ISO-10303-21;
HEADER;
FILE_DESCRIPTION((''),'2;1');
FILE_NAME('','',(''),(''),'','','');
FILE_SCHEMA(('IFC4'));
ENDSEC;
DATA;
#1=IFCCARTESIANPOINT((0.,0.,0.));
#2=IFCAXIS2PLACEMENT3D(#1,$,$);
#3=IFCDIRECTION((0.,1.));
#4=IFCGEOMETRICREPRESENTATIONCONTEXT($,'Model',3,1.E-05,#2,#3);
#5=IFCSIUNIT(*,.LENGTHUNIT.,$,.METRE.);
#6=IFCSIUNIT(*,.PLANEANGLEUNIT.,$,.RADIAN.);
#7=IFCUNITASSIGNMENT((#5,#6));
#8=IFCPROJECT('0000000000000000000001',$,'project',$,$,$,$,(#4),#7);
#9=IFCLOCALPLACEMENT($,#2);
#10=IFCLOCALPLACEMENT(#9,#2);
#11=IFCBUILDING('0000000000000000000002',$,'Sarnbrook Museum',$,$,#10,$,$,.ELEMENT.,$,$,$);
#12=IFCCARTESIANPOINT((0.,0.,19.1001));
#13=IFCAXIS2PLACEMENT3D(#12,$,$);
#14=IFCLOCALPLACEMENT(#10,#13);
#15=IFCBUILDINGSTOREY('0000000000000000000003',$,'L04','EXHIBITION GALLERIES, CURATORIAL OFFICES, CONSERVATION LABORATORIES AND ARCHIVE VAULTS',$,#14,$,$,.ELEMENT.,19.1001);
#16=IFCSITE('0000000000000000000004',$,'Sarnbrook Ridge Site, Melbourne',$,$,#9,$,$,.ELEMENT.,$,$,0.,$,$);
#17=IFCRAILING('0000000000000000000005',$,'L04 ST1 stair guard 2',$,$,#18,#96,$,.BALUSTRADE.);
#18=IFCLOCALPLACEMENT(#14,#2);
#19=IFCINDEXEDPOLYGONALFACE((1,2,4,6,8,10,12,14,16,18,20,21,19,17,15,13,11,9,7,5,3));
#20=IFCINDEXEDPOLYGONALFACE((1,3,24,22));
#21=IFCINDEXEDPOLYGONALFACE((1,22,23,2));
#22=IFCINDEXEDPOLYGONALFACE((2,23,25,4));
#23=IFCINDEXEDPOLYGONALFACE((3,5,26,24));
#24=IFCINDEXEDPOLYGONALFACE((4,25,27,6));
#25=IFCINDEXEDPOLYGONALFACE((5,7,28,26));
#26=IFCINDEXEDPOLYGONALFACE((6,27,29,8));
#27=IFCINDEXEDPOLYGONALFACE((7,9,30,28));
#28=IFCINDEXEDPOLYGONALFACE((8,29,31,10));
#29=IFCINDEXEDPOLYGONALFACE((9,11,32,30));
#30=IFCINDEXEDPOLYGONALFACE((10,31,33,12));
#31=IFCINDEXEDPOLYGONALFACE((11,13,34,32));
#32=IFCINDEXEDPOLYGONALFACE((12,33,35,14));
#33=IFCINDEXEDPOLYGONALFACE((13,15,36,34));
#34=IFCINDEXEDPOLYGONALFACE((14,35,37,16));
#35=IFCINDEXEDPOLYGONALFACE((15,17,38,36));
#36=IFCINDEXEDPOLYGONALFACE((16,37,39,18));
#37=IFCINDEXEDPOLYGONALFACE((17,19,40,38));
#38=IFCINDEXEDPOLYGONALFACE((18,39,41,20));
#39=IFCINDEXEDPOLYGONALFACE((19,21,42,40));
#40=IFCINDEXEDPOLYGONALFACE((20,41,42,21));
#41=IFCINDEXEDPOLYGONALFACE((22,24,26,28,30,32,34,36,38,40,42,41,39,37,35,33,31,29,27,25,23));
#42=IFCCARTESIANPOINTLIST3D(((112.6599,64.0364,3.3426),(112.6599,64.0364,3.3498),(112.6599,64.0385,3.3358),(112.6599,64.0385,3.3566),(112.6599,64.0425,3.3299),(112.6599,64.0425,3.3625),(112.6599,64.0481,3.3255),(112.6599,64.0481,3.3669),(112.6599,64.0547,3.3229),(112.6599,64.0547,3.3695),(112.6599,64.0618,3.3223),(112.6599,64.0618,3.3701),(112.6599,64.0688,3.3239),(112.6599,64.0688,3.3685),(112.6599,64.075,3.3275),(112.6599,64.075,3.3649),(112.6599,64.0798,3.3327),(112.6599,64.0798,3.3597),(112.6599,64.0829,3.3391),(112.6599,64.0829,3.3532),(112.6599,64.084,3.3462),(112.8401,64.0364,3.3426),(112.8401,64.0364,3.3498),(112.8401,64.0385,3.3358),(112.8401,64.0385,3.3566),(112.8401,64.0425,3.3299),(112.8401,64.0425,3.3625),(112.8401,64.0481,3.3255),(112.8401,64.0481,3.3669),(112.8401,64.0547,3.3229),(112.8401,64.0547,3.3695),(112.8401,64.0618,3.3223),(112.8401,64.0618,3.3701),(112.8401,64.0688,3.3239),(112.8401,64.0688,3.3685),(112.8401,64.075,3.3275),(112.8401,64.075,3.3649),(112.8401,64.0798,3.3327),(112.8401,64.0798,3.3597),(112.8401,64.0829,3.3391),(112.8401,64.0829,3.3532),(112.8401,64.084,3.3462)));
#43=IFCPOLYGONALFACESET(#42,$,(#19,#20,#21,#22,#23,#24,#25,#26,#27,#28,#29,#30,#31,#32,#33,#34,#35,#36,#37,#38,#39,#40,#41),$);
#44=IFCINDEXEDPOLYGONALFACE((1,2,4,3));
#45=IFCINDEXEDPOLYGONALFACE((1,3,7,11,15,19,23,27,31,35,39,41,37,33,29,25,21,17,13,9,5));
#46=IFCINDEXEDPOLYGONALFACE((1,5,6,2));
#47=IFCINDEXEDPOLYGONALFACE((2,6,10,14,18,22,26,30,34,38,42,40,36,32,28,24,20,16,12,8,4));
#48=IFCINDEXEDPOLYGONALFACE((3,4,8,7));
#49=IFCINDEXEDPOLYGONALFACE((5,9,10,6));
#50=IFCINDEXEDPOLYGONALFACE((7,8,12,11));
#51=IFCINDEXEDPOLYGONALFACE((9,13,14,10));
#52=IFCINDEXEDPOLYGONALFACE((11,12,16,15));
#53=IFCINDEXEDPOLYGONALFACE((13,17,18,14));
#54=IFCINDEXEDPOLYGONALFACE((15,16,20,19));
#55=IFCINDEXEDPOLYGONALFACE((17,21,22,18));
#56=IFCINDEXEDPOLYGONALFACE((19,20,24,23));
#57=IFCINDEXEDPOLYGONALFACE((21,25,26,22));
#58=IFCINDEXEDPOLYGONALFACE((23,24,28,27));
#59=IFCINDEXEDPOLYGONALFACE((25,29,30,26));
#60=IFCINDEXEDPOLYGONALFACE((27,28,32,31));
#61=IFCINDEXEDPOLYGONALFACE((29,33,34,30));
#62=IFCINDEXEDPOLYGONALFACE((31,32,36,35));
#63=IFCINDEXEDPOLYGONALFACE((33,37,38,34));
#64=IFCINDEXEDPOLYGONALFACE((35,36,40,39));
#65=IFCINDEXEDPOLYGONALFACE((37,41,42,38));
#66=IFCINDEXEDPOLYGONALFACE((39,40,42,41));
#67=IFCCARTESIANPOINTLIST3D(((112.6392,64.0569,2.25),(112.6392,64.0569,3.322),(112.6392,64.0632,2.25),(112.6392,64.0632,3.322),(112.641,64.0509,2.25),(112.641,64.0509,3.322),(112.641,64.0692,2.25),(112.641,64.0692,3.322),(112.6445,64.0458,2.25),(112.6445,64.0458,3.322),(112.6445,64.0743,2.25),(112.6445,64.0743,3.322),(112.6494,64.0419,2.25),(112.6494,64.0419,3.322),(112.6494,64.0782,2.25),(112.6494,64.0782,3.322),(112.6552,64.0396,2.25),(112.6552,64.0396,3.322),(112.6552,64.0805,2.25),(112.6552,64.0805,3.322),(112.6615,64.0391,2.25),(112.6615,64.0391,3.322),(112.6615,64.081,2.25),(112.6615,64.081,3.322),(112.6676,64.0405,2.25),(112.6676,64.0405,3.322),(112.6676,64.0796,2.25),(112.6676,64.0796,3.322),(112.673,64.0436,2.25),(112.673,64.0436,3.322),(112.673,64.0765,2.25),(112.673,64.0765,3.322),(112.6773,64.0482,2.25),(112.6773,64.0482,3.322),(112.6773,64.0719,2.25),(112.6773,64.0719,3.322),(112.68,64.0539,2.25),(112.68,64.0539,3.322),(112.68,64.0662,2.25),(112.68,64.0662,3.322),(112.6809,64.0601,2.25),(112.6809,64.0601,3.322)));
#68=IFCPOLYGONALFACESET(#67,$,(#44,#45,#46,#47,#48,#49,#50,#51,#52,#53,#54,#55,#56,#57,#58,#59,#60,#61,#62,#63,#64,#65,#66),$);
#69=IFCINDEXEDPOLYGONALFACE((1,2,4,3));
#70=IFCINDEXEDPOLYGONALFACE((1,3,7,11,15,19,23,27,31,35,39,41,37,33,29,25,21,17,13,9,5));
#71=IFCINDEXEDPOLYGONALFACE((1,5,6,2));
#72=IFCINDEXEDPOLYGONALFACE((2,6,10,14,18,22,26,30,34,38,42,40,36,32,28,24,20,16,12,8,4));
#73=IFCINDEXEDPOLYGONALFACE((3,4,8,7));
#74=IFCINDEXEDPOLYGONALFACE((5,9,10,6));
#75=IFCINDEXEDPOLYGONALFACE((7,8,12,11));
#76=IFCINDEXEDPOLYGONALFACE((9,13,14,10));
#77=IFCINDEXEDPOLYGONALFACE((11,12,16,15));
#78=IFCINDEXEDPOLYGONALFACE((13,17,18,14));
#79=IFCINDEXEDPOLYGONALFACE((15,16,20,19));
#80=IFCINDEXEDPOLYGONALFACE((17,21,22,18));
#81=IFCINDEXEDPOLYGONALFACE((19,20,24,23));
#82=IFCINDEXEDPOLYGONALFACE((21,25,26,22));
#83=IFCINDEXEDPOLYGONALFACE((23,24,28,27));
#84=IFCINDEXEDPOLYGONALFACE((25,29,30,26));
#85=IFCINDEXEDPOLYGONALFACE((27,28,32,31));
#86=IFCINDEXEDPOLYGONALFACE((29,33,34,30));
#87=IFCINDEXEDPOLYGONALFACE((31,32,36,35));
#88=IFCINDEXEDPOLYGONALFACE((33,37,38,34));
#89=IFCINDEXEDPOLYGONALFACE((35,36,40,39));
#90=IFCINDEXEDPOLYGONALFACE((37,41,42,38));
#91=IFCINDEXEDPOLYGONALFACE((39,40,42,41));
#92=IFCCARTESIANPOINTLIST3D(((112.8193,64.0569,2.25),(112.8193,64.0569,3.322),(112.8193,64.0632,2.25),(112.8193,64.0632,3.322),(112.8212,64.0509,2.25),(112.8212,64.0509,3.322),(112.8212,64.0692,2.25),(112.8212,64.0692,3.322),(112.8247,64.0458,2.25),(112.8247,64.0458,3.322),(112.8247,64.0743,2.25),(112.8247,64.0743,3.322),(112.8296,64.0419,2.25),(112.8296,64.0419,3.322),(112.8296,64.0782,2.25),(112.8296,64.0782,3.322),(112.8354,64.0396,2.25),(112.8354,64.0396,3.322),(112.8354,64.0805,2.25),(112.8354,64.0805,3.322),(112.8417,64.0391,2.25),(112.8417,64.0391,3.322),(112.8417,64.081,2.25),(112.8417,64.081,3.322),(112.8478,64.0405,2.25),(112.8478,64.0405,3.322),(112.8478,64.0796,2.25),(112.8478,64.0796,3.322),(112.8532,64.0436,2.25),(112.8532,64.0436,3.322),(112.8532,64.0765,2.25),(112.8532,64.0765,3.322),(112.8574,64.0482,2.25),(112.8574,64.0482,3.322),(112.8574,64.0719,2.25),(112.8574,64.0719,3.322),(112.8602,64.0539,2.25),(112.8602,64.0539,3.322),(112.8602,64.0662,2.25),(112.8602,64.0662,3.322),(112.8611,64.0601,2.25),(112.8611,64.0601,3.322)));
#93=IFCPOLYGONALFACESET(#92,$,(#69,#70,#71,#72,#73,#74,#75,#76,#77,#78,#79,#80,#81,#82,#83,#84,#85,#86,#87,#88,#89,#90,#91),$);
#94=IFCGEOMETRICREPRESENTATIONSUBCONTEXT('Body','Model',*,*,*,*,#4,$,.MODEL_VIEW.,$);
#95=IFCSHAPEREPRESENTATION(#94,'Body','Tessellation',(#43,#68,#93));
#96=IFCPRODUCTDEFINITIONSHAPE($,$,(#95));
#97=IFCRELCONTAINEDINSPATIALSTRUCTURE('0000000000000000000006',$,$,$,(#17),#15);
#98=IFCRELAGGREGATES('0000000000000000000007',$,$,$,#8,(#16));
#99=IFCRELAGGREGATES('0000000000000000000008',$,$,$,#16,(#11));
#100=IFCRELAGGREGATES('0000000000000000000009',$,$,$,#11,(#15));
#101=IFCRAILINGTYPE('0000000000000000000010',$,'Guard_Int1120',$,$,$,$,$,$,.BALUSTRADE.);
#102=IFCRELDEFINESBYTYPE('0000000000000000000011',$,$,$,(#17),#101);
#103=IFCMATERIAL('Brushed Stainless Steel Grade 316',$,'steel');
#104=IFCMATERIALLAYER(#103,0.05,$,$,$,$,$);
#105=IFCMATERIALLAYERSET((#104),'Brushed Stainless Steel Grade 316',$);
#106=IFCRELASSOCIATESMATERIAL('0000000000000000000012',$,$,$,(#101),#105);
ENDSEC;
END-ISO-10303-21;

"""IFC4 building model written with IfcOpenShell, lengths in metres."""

from ifc_helpers import new_model, si_unit, direction, frame, origin, origin_2d, place, context, subcontext, project, spatial, circle, extrude, material, layer, layer_set, type_object, element, save


model = new_model("IFC4")

# Units and contexts
model_context = context("Model", 3, precision=1e-05, world=origin(), true_north=direction((0.0, 1.0)))
body_context = subcontext(model_context, "Body", "Model", "MODEL_VIEW")
ifc_project = project(units=[si_unit("LENGTHUNIT", "METRE"), si_unit("PLANEANGLEUNIT", "RADIAN")], contexts=[model_context])

# Site, building, storey
site_placement = place(None, origin())
site = spatial("IfcSite", under=ifc_project, at=site_placement, Name="Sarnbrook Ridge Site, Melbourne", CompositionType="ELEMENT", RefElevation=0.0)
building_placement = place(site_placement, origin())
building = spatial("IfcBuilding", under=site, at=building_placement, Name="Sarnbrook Museum", CompositionType="ELEMENT")
storey_placement = place(building_placement, frame((0.0, 0.0, 19.1001)))
storey = spatial("IfcBuildingStorey", under=building, at=storey_placement, Name="L04", Description="EXHIBITION GALLERIES, CURATORIAL OFFICES, CONSERVATION LABORATORIES AND ARCHIVE VAULTS", CompositionType="ELEMENT", Elevation=19.1001)

# Shared definitions
ifc_material_1 = material(Name="Brushed Stainless Steel Grade 316", Category="steel")

# Railing
ifc_layer_1 = layer(ifc_material_1, 0.05)
ifc_layer_set_1 = layer_set([ifc_layer_1], Name="Brushed Stainless Steel Grade 316")
railing_type_1 = type_object("IfcRailingType", Name="Guard_Int1120", PredefinedType="BALUSTRADE", material=ifc_layer_set_1)
railing_1_placement = place(storey_placement, frame((112.6599, 64.0601, 2.25)))
element("IfcRailing", 1, at=railing_1_placement, inside=storey, type_object=railing_type_1, Name="L04 ST1 stair guard 2", PredefinedType="BALUSTRADE", context=body_context, shape_type="SweptSolid", body=[
    extrude(circle(Radius=0.0239, at=origin_2d()), frame((0.0, 0.0, 1.0962), z_axis=(1.0, 0.0, 0.0), x_axis=(0.0, 1.0, 0.0)), (0.0, 0.0, 1.0), 0.1802),
    extrude(circle(Radius=0.021, at=origin_2d()), origin(), (0.0, 0.0, 1.0), 1.072),
    extrude(circle(Radius=0.021, at=origin_2d()), frame((0.1802, 0.0, 0.0)), (0.0, 0.0, 1.0), 1.072),
])

save(model, "model.ifc")
